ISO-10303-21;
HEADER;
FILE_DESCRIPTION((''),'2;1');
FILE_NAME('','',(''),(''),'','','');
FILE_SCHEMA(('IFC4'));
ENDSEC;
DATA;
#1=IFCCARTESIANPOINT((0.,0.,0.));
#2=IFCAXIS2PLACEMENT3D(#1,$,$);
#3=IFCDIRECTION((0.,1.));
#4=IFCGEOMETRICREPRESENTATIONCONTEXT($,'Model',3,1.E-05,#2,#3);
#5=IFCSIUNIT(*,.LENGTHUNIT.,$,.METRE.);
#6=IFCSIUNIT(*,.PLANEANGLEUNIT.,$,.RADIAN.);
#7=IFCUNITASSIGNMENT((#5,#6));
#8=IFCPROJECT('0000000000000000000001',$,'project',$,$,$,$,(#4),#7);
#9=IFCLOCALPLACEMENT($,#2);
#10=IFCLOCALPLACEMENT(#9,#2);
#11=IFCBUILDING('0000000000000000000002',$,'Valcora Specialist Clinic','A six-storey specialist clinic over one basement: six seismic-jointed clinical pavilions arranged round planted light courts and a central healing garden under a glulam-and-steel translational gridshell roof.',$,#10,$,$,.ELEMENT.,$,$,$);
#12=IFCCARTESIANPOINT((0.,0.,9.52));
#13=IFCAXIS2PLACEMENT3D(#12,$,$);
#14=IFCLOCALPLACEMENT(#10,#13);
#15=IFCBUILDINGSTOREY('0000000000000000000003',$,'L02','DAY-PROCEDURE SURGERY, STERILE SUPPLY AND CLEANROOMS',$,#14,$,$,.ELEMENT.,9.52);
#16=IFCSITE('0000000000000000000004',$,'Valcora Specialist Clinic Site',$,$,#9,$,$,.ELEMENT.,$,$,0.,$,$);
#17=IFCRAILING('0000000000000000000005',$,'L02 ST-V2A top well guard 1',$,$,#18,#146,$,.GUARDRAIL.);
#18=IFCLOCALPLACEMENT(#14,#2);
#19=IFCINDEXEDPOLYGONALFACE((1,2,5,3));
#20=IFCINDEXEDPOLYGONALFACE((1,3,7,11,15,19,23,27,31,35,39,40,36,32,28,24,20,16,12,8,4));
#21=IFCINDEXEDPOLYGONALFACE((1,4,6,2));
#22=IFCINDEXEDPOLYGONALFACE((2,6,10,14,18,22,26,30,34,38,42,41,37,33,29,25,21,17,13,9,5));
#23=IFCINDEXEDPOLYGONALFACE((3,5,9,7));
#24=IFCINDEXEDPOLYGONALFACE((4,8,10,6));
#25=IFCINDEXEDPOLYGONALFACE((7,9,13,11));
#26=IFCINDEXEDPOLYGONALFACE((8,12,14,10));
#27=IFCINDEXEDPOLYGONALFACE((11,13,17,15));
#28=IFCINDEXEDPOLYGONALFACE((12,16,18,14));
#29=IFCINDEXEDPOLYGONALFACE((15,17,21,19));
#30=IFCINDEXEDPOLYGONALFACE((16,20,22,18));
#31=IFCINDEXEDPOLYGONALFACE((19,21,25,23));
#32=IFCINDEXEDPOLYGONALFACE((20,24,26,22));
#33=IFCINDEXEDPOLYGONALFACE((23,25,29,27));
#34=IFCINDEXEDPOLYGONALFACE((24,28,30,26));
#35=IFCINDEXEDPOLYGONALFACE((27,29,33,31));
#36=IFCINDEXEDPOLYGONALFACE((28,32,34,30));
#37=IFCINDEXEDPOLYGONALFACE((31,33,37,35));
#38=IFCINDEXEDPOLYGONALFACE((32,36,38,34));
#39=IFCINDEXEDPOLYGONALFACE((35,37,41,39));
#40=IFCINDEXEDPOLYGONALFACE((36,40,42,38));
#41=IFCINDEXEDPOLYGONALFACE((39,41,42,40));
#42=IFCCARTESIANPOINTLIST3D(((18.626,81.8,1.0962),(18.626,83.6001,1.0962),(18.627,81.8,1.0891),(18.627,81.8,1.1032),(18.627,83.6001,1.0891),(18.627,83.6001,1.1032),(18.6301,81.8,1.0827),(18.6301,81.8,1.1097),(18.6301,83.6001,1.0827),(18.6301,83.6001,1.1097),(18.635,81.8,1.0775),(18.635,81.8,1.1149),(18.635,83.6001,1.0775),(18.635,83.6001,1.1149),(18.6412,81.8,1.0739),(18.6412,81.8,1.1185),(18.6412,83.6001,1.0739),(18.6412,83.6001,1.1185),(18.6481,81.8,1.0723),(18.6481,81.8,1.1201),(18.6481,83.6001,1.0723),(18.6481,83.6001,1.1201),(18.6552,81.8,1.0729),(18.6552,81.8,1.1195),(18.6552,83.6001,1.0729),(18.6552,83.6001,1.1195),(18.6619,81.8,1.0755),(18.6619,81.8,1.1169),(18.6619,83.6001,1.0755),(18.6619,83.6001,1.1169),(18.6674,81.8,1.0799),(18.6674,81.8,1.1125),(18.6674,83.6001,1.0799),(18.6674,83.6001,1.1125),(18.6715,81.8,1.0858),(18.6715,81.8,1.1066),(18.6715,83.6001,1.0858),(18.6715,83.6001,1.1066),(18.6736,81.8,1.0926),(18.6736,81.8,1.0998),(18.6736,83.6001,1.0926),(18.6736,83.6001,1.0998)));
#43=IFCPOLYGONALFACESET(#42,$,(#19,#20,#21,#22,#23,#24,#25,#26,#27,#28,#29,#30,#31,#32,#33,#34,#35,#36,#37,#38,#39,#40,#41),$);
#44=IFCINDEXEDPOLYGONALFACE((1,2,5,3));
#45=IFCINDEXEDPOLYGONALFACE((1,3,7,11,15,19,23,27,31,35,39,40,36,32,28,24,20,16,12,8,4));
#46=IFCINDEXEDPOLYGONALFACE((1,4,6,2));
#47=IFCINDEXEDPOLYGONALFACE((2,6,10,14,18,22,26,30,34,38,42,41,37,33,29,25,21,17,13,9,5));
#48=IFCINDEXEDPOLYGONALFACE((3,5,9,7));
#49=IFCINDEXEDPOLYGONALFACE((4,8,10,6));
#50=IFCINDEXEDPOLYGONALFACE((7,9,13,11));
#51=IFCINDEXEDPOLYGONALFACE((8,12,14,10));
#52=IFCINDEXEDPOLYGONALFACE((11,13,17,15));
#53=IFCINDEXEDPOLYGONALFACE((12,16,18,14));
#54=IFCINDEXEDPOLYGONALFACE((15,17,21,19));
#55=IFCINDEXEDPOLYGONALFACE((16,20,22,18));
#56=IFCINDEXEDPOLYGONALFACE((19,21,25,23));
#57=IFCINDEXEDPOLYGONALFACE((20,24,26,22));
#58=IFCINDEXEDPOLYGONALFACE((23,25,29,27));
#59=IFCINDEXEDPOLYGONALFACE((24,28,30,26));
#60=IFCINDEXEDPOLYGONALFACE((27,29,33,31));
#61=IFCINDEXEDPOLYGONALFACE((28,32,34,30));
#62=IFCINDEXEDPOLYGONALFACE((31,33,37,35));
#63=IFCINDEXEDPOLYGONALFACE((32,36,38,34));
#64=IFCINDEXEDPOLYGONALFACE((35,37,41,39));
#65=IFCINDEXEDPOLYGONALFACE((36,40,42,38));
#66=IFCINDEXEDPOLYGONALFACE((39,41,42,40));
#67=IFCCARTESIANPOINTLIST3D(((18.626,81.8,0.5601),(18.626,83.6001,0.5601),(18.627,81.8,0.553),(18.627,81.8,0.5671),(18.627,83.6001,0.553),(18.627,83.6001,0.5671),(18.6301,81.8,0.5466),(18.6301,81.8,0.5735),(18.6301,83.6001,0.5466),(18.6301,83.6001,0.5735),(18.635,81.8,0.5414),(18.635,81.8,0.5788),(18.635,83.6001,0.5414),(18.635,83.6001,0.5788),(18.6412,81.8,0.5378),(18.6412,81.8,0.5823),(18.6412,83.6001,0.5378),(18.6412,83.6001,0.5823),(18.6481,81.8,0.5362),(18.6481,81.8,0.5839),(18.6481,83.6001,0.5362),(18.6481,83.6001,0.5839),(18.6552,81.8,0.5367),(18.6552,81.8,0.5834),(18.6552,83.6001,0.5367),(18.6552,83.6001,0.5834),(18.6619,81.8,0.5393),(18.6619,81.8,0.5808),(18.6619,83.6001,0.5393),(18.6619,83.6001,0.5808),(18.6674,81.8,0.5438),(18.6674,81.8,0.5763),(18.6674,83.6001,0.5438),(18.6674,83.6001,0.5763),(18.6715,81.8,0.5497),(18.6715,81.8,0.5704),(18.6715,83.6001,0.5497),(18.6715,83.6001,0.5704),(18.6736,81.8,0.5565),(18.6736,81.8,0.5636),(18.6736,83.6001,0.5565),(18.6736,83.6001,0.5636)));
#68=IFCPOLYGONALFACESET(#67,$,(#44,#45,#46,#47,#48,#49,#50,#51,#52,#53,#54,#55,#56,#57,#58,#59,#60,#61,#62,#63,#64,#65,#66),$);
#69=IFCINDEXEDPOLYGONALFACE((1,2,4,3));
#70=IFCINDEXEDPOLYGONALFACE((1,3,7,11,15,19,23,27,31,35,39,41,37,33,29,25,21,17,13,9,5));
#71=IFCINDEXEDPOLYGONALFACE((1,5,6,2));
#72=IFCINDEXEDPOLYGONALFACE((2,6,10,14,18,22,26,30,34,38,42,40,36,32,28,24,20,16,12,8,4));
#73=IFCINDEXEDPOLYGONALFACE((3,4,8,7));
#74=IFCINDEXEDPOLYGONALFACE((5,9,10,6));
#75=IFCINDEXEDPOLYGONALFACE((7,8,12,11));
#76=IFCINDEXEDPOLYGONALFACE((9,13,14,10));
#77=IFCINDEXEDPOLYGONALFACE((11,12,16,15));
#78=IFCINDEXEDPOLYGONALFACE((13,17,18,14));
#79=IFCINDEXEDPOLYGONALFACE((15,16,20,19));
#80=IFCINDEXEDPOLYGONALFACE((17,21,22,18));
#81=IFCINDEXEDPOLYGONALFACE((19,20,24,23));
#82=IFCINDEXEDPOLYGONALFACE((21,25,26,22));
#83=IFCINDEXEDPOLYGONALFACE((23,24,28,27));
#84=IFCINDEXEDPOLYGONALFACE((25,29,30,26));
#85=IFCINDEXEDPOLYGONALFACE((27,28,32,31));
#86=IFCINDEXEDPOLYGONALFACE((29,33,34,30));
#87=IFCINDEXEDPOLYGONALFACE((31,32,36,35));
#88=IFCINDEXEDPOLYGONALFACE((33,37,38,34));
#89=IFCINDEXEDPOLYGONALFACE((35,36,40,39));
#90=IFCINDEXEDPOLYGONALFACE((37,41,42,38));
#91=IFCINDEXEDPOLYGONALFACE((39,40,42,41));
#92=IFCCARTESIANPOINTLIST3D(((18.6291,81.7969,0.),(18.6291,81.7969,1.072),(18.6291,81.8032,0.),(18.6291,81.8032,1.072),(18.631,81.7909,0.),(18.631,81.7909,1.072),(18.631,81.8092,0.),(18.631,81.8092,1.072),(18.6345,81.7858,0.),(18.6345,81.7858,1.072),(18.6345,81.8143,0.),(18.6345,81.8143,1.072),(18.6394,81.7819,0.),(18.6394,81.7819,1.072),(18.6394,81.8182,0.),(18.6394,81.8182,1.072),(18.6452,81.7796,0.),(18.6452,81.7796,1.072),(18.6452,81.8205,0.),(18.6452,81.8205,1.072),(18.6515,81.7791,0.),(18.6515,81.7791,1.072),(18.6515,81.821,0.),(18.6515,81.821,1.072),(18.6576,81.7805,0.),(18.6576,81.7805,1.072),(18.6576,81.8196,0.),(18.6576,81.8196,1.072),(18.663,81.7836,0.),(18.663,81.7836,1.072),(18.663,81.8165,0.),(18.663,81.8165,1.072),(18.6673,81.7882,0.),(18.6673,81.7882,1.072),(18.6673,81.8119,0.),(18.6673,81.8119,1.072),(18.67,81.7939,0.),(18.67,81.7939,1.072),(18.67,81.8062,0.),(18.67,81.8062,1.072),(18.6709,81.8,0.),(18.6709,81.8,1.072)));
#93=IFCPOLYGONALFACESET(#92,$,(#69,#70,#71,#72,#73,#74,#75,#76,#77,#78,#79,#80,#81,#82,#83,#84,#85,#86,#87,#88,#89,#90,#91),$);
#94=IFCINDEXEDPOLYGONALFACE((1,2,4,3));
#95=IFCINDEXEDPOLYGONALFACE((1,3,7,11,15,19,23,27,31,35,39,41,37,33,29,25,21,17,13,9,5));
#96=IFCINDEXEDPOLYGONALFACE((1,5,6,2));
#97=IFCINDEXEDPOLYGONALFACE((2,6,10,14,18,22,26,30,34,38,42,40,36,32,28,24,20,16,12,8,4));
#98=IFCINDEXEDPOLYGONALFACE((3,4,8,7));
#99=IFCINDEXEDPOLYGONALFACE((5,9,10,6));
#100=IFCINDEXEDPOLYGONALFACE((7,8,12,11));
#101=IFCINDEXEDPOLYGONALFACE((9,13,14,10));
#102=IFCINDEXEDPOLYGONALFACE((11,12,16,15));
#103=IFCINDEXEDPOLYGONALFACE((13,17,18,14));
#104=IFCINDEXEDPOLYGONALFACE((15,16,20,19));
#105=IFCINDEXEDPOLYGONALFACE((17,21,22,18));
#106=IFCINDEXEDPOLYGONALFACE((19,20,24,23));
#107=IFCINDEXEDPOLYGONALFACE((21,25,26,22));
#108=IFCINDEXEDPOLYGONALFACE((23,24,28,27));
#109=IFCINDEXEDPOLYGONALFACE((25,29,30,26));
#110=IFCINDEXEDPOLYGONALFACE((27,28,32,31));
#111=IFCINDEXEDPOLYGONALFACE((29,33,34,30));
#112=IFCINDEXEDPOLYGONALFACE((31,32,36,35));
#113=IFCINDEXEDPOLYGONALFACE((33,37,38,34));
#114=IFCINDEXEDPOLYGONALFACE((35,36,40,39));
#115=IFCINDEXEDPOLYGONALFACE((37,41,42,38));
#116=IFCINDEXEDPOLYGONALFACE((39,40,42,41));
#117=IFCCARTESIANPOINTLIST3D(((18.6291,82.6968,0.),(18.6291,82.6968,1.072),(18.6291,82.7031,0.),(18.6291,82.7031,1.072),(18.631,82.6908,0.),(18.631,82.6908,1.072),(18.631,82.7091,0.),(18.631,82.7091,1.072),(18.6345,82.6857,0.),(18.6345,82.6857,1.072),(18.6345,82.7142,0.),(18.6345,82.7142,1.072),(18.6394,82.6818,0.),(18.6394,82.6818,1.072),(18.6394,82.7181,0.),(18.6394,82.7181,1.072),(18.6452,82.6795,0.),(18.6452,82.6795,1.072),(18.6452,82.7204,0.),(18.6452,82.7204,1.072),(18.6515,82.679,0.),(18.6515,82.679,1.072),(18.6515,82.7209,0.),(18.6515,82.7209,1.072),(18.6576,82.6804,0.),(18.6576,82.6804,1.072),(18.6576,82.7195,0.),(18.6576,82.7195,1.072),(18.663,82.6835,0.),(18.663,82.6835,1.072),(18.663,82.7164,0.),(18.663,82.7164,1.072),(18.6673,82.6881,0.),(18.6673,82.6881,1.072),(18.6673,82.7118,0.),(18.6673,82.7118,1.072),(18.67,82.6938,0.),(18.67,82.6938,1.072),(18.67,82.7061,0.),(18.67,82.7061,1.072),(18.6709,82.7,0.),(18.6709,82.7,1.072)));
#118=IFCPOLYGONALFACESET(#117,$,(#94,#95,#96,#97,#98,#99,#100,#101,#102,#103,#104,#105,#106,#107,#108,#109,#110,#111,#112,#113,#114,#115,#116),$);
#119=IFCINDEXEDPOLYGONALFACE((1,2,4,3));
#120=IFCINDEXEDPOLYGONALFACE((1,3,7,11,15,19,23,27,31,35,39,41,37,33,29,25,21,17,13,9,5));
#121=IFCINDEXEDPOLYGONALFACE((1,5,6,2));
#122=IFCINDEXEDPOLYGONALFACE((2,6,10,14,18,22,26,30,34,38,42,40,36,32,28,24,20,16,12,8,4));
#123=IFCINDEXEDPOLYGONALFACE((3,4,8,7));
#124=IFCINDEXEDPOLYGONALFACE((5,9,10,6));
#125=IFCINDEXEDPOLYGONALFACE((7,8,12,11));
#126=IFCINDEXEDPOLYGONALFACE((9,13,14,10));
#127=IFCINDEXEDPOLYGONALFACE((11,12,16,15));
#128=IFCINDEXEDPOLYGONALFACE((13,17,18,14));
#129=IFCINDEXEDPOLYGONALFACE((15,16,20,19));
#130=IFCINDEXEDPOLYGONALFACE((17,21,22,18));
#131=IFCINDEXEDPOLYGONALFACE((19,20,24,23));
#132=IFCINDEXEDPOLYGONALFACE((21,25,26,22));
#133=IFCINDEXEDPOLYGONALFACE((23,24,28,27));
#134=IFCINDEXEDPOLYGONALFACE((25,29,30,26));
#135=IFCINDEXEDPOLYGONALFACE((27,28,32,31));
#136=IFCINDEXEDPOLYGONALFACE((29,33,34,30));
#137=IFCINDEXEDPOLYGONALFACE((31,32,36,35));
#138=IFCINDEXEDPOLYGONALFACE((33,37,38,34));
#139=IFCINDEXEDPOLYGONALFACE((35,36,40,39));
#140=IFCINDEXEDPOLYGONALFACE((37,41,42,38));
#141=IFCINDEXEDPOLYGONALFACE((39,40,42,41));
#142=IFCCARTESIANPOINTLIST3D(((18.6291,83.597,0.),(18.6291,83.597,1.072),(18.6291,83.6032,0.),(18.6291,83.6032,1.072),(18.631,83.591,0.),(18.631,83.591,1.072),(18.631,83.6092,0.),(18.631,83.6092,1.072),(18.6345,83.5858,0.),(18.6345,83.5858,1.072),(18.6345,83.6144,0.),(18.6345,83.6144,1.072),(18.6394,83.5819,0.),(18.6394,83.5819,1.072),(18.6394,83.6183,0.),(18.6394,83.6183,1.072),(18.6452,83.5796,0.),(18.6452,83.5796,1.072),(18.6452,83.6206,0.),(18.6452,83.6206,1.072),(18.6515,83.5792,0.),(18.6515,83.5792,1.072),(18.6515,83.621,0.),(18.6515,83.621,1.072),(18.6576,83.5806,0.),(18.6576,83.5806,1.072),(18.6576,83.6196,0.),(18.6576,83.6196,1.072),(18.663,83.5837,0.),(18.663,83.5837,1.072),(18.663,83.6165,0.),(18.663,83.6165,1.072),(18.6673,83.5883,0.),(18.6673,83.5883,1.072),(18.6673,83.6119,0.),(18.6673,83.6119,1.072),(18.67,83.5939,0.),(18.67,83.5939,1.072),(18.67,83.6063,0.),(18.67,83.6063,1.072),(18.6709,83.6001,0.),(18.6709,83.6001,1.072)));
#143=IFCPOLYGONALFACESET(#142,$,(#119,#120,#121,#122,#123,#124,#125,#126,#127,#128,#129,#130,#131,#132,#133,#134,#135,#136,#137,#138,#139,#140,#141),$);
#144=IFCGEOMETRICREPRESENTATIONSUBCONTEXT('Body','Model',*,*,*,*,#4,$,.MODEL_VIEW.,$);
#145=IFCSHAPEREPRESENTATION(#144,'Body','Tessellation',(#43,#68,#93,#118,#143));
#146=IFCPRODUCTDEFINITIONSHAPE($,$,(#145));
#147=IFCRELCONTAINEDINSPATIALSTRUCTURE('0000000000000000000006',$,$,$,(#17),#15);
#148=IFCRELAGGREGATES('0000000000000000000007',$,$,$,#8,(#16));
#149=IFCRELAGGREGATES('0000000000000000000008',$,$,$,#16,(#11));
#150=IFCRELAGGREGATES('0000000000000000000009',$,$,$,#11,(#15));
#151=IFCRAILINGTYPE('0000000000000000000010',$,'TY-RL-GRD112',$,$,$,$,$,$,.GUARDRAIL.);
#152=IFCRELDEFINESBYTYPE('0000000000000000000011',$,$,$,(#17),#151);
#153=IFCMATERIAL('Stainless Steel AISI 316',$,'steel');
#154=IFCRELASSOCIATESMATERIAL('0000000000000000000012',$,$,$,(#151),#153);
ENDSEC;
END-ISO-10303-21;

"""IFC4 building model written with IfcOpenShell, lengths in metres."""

from ifc_helpers import new_model, si_unit, direction, frame, origin, origin_2d, place, context, subcontext, project, spatial, circle, extrude, material, type_object, element, save


model = new_model("IFC4")

# Units and contexts
model_context = context("Model", 3, precision=1e-05, world=origin(), true_north=direction((0.0, 1.0)))
body_context = subcontext(model_context, "Body", "Model", "MODEL_VIEW")
ifc_project = project(units=[si_unit("LENGTHUNIT", "METRE"), si_unit("PLANEANGLEUNIT", "RADIAN")], contexts=[model_context])

# Site, building, storey
site_placement = place(None, origin())
site = spatial("IfcSite", under=ifc_project, at=site_placement, Name="Valcora Specialist Clinic Site", CompositionType="ELEMENT", RefElevation=0.0)
building_placement = place(site_placement, origin())
building = spatial("IfcBuilding", under=site, at=building_placement, Name="Valcora Specialist Clinic", Description="A six-storey specialist clinic over one basement: six seismic-jointed clinical pavilions arranged round planted light courts and a central healing garden under a glulam-and-steel translational gridshell roof.", CompositionType="ELEMENT")
storey_placement = place(building_placement, frame((0.0, 0.0, 9.52)))
storey = spatial("IfcBuildingStorey", under=building, at=storey_placement, Name="L02", Description="DAY-PROCEDURE SURGERY, STERILE SUPPLY AND CLEANROOMS", CompositionType="ELEMENT", Elevation=9.52)

# Railing
ifc_material_1 = material(Name="Stainless Steel AISI 316", Category="steel")
railing_type = type_object("IfcRailingType", Name="TY-RL-GRD112", PredefinedType="GUARDRAIL", material=ifc_material_1)
railing_placement = place(storey_placement, frame((18.6499, 81.8, 0.0)))
element("IfcRailing", 1, at=railing_placement, inside=storey, type_object=railing_type, Name="L02 ST-V2A top well guard 1", PredefinedType="GUARDRAIL", context=body_context, shape_type="SweptSolid", body=[
    extrude(circle(Radius=0.0239, at=origin_2d()), frame((0.0, 0.0, 1.0962), z_axis=(0.0, 1.0, 0.0), x_axis=(-1.0, 0.0, 0.0)), (0.0, 0.0, 1.0), 1.8),
    extrude(circle(Radius=0.0239, at=origin_2d()), frame((0.0, 0.0, 0.5601), z_axis=(0.0, 1.0, 0.0), x_axis=(-1.0, 0.0, 0.0)), (0.0, 0.0, 1.0), 1.8),
    extrude(circle(Radius=0.021, at=origin_2d()), origin(), (0.0, 0.0, 1.0), 1.072),
    extrude(circle(Radius=0.021, at=origin_2d()), frame((0.0, 0.8999, 0.0)), (0.0, 0.0, 1.0), 1.072),
    extrude(circle(Radius=0.021, at=origin_2d()), frame((0.0, 1.8, 0.0)), (0.0, 0.0, 1.0), 1.072),
])

save(model, "model.ifc")
